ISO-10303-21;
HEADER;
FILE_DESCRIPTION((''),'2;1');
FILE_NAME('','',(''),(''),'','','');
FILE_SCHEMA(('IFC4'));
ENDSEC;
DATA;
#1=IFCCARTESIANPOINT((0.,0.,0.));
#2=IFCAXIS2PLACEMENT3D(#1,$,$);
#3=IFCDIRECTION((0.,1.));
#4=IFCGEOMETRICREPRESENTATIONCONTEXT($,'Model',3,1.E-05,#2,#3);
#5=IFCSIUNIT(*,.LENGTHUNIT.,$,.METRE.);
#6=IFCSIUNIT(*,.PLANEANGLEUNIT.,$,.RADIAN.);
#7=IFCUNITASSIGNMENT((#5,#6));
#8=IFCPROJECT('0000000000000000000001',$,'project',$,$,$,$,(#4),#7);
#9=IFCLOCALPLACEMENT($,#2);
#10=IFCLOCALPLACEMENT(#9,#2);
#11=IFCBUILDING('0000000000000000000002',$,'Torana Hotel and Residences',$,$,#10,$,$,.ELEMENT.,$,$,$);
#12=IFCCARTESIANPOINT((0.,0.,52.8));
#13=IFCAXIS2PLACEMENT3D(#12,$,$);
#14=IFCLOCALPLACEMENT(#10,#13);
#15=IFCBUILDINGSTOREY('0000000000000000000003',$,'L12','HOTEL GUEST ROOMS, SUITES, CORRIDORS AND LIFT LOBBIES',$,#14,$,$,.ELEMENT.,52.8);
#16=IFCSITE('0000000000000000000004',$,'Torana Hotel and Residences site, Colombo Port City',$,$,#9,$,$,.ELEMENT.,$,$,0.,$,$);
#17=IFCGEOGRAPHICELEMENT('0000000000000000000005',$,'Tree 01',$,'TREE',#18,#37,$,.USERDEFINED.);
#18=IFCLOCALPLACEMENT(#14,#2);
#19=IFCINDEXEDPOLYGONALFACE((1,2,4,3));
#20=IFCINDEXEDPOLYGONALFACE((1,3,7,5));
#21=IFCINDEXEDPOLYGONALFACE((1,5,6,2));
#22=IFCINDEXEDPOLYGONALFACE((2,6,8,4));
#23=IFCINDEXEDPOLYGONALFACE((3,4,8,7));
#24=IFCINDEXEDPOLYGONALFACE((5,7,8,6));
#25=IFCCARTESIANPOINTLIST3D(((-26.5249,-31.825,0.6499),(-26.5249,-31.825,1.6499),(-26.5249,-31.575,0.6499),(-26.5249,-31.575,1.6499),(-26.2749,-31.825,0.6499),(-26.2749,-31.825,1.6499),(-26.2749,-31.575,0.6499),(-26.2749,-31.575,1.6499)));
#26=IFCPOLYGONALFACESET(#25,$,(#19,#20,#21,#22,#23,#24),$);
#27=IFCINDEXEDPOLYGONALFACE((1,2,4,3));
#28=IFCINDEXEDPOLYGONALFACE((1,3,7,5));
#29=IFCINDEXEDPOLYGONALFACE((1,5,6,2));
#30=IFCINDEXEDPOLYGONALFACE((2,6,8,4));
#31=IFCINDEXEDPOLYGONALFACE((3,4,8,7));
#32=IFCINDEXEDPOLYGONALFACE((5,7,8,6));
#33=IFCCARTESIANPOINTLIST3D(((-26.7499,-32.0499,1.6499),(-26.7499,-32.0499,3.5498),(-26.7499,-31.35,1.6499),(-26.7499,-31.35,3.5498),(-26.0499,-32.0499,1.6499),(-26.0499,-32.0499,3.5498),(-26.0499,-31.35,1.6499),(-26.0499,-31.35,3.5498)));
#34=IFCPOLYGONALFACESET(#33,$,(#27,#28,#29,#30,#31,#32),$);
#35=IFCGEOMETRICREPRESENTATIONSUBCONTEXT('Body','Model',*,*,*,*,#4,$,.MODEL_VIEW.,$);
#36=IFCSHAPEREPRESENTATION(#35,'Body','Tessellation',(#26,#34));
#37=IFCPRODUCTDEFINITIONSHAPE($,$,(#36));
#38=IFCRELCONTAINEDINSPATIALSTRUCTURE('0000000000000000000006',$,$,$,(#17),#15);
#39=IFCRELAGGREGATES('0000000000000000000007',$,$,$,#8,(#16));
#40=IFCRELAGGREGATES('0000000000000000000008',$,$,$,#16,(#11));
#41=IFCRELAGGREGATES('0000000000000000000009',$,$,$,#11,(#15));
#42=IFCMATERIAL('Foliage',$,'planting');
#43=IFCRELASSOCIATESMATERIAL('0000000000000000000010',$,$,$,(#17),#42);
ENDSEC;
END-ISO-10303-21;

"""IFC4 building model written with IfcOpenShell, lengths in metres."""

from ifc_helpers import new_model, si_unit, direction, frame, origin, origin_2d, place, context, subcontext, project, spatial, rectangle, extrude, material, element, save


model = new_model("IFC4")

# Units and contexts
model_context = context("Model", 3, precision=1e-05, world=origin(), true_north=direction((0.0, 1.0)))
body_context = subcontext(model_context, "Body", "Model", "MODEL_VIEW")
ifc_project = project(units=[si_unit("LENGTHUNIT", "METRE"), si_unit("PLANEANGLEUNIT", "RADIAN")], contexts=[model_context])

# Site, building, storey
site_placement = place(None, origin())
site = spatial("IfcSite", under=ifc_project, at=site_placement, Name="Torana Hotel and Residences site, Colombo Port City", CompositionType="ELEMENT", RefElevation=0.0)
building_placement = place(site_placement, origin())
building = spatial("IfcBuilding", under=site, at=building_placement, Name="Torana Hotel and Residences", CompositionType="ELEMENT")
storey_placement = place(building_placement, frame((0.0, 0.0, 52.8)))
storey = spatial("IfcBuildingStorey", under=building, at=storey_placement, Name="L12", Description="HOTEL GUEST ROOMS, SUITES, CORRIDORS AND LIFT LOBBIES", CompositionType="ELEMENT", Elevation=52.8)

# Geographic element
ifc_material_1 = material(Name="Foliage", Category="planting")
geographic_element_placement = place(storey_placement, frame((-26.3999, -31.7, 0.6499), z_axis=(0.0, 0.0, 1.0), x_axis=(1.0, 0.0, 0.0)))
element("IfcGeographicElement", 1, at=geographic_element_placement, inside=storey, material=ifc_material_1, Name="Tree 01", ObjectType="TREE", PredefinedType="USERDEFINED", context=body_context, shape_type="SweptSolid", body=[
    extrude(rectangle(XDim=0.25, YDim=0.25, at=origin_2d()), origin(), (0.0, 0.0, 1.0), 1.0),
    extrude(rectangle(XDim=0.7, YDim=0.7, at=origin_2d()), frame((0.0, 0.0, 1.0)), (0.0, 0.0, 1.0), 1.8999),
])

save(model, "model.ifc")
